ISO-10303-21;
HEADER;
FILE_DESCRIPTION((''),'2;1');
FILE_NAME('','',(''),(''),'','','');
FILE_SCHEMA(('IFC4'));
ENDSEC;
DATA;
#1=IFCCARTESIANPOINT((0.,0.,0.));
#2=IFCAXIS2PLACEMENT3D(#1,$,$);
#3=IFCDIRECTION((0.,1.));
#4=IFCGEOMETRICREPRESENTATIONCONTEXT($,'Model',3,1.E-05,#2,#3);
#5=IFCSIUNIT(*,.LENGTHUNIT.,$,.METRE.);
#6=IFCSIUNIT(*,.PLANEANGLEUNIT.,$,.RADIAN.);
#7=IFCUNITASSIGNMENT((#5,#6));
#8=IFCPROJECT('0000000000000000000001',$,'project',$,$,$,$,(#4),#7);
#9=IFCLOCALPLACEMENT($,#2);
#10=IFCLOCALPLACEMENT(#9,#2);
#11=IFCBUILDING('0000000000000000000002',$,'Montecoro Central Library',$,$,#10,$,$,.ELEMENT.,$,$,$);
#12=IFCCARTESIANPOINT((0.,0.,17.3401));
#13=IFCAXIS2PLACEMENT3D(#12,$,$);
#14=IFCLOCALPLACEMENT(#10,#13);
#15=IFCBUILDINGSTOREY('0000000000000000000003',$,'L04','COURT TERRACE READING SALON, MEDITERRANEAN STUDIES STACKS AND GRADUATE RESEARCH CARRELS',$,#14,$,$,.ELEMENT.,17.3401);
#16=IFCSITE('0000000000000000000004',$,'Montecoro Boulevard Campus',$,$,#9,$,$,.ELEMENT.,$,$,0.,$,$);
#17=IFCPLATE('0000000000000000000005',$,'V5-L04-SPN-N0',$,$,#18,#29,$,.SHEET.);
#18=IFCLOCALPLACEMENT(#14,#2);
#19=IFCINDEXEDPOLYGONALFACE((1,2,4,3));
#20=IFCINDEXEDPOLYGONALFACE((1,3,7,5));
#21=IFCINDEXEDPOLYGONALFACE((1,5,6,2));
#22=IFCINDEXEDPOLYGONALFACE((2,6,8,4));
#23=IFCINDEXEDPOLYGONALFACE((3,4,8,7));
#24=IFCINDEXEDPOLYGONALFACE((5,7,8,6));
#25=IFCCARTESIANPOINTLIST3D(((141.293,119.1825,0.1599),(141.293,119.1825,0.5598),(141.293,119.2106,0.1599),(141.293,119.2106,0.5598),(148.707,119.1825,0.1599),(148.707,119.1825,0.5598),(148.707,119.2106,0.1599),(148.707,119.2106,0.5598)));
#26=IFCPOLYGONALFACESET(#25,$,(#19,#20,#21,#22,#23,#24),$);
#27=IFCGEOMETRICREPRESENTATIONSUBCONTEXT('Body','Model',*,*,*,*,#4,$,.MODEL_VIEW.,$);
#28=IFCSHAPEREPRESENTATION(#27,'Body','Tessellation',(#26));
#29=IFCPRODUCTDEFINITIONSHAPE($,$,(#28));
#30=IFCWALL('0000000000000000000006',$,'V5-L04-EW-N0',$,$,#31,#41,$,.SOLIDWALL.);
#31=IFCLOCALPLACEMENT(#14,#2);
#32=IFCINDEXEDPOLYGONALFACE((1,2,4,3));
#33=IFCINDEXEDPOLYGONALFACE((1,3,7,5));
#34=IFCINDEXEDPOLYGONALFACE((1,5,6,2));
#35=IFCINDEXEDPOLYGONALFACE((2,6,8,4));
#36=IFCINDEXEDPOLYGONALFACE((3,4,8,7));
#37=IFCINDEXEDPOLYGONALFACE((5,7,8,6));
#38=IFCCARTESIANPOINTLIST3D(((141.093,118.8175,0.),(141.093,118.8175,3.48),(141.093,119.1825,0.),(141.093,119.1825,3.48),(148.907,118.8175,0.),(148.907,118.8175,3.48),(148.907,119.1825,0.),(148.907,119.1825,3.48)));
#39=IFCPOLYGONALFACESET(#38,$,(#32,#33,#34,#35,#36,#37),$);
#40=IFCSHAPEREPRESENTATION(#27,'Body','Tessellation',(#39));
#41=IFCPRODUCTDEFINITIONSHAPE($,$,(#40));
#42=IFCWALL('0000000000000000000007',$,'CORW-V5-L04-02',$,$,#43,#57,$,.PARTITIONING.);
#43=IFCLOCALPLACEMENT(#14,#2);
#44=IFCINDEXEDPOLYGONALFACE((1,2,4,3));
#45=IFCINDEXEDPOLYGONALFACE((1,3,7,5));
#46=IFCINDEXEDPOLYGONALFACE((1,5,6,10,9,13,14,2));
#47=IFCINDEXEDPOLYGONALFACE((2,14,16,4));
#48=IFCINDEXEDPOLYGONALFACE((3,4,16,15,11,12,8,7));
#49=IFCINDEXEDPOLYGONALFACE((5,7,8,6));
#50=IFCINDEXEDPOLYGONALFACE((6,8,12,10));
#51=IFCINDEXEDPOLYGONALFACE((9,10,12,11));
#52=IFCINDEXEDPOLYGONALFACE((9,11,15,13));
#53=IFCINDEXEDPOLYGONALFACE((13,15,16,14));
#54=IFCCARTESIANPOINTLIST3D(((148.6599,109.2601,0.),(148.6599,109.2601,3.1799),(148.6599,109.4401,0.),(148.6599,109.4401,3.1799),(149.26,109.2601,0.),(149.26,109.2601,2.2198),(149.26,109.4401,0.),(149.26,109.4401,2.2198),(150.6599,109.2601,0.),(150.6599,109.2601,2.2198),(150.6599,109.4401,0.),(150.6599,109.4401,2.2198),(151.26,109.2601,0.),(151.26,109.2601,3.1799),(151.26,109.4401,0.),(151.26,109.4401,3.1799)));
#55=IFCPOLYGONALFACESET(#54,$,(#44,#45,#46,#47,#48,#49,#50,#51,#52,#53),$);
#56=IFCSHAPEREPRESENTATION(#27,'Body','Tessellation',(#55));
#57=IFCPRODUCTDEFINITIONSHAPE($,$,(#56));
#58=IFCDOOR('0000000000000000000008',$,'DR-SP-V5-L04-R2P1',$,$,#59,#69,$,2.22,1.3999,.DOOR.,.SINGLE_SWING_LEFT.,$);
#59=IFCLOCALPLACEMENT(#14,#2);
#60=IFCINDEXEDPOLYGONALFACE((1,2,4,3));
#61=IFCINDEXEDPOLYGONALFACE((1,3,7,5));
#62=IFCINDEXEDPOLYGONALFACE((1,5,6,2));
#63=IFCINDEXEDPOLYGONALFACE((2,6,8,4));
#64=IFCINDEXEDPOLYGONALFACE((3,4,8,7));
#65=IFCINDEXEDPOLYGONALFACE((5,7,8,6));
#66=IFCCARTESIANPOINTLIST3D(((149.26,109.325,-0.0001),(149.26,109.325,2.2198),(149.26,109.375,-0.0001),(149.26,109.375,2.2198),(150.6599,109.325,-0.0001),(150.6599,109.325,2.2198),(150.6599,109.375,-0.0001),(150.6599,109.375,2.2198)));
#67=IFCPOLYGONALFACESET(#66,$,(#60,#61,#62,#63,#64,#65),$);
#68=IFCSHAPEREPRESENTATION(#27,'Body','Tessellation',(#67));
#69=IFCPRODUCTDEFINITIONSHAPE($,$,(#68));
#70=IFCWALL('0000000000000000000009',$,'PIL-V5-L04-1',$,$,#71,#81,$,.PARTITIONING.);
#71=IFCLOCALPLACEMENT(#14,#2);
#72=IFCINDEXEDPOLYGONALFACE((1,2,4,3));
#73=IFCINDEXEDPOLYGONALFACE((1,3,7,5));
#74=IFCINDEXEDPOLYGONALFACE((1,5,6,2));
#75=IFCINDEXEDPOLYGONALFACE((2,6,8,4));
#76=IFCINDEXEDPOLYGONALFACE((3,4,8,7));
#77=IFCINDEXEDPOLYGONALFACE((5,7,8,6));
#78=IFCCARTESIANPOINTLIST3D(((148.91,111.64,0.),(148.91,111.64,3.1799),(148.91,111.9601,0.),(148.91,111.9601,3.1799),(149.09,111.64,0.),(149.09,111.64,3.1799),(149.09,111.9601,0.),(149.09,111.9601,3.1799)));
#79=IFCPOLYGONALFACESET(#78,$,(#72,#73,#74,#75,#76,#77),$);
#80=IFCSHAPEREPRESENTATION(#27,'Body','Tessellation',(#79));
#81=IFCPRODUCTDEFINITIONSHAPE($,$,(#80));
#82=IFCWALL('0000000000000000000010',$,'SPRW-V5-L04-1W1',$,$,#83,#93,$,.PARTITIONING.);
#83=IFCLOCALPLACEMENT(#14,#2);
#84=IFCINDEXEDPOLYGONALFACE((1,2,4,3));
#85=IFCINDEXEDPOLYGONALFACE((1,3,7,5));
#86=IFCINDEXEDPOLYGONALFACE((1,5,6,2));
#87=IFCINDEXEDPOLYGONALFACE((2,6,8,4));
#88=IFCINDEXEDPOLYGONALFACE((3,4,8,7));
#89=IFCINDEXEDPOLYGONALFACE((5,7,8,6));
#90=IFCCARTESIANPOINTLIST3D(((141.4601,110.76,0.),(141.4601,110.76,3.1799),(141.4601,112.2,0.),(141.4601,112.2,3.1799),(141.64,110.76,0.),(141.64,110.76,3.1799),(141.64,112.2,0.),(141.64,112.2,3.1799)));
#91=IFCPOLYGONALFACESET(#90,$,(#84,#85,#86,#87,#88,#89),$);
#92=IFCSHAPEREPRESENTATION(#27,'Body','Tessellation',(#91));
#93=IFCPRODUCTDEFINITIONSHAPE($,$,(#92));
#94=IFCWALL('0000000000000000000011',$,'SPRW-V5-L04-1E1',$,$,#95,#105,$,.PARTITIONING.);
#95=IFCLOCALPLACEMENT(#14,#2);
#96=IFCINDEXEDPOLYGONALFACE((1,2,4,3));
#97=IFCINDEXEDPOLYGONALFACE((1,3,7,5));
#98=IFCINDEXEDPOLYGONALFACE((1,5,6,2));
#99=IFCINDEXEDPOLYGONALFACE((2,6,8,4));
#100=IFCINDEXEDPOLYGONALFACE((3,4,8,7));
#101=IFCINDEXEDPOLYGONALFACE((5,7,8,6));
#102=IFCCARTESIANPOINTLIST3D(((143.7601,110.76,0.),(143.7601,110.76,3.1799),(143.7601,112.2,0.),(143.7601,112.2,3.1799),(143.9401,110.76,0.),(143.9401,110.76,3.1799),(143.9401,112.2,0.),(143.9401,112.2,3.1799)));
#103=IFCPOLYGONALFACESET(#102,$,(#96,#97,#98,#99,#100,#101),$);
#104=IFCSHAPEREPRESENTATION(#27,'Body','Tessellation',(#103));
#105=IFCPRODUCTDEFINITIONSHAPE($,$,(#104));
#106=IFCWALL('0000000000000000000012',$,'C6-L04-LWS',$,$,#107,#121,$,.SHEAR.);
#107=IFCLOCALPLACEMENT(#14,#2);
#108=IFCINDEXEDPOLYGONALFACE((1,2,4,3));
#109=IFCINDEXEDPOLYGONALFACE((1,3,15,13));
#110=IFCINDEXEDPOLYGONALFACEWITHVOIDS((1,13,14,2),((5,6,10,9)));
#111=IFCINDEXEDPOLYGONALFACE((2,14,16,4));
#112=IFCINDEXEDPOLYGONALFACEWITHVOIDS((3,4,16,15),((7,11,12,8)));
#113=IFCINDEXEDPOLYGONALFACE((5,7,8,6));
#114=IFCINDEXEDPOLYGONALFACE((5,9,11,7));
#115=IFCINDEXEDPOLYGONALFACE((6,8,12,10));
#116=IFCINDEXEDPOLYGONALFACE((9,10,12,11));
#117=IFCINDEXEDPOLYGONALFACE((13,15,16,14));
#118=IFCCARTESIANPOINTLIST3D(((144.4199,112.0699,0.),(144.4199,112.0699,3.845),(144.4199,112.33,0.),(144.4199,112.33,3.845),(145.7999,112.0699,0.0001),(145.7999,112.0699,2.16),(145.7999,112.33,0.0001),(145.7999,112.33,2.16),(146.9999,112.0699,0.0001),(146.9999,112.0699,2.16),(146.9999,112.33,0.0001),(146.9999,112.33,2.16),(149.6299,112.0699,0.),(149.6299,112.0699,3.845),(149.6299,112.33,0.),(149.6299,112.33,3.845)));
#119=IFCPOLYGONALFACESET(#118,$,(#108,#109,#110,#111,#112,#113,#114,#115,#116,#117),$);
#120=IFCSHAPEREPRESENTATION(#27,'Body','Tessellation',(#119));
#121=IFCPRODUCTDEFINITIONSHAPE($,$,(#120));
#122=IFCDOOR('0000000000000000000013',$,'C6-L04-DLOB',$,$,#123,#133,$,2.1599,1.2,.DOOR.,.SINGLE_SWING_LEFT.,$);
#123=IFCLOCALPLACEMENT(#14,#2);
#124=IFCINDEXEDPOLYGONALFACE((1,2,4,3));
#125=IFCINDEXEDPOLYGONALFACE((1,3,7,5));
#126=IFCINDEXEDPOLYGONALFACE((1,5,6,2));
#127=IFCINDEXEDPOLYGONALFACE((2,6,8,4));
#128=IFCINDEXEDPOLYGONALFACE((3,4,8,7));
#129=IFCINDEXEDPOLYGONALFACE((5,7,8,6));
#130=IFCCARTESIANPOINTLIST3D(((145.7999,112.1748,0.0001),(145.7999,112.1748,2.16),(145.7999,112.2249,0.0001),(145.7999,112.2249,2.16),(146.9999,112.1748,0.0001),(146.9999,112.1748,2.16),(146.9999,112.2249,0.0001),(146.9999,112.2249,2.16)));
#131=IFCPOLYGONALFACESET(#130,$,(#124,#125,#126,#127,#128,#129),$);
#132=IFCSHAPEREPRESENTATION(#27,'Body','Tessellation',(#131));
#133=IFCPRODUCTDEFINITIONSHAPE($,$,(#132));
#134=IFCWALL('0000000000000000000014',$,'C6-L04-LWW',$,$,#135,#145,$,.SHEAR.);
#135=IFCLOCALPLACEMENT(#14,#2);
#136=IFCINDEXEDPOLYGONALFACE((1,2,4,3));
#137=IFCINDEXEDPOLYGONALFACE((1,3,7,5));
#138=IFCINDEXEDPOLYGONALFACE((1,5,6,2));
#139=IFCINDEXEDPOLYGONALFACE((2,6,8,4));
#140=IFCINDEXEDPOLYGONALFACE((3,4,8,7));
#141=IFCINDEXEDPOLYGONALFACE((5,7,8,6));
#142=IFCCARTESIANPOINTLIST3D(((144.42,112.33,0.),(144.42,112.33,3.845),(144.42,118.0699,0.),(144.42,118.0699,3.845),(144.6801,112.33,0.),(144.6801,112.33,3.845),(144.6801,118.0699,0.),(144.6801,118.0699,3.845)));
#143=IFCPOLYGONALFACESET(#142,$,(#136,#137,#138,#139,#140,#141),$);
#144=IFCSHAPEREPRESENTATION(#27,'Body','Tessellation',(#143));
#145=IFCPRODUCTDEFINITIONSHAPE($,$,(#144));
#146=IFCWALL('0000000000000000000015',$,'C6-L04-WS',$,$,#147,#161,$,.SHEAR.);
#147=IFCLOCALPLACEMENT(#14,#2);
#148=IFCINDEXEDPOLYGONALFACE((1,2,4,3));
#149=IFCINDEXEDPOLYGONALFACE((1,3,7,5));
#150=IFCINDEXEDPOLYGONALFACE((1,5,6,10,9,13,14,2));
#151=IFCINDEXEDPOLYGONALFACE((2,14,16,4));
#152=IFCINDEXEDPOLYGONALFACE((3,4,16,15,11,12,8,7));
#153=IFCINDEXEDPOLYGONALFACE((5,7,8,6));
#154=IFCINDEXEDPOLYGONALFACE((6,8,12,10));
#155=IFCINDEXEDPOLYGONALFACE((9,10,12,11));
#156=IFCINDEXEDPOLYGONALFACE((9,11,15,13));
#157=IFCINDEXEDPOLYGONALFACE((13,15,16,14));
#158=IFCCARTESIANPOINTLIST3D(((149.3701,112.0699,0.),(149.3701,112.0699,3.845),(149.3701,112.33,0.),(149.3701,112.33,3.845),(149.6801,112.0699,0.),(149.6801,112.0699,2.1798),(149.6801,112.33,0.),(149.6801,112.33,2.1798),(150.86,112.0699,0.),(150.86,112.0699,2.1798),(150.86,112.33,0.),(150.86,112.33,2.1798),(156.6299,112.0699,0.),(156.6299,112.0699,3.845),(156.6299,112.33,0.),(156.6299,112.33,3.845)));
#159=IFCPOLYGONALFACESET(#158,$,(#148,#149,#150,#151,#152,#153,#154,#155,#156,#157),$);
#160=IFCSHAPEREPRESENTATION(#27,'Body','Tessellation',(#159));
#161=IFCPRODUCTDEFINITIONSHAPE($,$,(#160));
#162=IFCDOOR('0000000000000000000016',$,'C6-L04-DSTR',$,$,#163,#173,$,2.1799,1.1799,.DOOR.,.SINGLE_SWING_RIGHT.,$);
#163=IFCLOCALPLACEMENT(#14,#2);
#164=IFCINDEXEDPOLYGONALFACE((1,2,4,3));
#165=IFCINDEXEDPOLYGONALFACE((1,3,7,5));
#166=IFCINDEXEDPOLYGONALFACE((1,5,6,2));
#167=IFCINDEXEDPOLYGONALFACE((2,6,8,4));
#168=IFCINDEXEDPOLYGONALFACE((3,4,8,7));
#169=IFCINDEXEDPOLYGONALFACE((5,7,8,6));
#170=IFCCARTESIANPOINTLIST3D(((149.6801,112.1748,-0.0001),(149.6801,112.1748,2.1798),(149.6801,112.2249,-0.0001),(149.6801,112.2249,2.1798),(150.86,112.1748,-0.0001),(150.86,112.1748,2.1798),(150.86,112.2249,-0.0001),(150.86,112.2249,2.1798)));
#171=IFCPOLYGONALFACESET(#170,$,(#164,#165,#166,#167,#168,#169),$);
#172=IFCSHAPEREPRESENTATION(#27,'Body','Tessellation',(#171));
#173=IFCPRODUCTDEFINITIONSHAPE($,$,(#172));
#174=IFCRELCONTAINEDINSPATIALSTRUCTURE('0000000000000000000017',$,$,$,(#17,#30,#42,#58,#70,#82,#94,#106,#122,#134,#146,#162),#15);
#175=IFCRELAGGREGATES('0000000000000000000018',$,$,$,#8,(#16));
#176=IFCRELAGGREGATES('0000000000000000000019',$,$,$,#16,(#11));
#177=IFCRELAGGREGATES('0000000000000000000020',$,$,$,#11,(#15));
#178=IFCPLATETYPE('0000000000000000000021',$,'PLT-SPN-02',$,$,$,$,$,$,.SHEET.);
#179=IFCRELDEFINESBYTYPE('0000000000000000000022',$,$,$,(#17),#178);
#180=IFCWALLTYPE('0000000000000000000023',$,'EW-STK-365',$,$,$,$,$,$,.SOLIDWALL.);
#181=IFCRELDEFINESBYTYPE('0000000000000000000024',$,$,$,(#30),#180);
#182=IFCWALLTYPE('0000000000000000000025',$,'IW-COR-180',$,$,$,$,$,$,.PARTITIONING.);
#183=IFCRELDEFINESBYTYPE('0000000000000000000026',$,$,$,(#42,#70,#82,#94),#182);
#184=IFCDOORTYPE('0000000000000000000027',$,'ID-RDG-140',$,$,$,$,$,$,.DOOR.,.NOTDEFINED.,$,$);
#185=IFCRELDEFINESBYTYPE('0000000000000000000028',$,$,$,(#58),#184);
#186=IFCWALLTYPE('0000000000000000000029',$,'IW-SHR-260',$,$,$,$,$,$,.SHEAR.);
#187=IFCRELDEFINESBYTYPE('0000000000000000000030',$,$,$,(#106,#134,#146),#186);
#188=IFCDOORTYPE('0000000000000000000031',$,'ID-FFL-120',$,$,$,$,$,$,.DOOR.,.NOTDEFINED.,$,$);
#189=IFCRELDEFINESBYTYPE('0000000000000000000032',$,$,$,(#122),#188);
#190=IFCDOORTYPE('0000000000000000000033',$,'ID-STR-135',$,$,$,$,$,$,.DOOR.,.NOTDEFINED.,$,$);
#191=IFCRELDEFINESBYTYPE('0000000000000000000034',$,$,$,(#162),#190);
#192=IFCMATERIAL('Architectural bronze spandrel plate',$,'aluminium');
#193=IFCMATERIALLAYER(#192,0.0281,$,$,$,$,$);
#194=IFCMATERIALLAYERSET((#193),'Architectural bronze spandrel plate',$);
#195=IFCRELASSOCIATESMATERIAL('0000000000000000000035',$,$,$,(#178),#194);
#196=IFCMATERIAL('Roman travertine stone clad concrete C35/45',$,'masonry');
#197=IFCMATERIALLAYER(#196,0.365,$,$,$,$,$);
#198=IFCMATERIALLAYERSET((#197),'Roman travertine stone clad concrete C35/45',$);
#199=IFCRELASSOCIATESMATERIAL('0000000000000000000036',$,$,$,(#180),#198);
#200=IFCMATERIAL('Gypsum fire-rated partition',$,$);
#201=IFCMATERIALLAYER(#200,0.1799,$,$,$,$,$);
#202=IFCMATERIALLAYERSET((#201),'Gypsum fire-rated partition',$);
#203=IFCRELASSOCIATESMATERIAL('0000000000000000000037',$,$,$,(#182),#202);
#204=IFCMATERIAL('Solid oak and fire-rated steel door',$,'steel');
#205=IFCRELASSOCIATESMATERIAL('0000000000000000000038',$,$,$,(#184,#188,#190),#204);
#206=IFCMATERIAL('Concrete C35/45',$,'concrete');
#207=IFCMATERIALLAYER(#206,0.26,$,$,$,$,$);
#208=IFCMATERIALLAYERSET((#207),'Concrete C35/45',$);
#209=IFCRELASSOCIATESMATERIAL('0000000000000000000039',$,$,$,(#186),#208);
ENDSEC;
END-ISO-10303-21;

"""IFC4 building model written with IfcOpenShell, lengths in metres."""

from ifc_helpers import new_model, si_unit, direction, frame, frame_2d, origin, origin_2d, place, context, subcontext, project, spatial, rectangle, extrude, material, layer, layer_set, type_object, element, fill, save


model = new_model("IFC4")

# Units and contexts
model_context = context("Model", 3, precision=1e-05, world=origin(), true_north=direction((0.0, 1.0)))
body_context = subcontext(model_context, "Body", "Model", "MODEL_VIEW")
ifc_project = project(units=[si_unit("LENGTHUNIT", "METRE"), si_unit("PLANEANGLEUNIT", "RADIAN")], contexts=[model_context])

# Site, building, storey
site_placement = place(None, origin())
site = spatial("IfcSite", under=ifc_project, at=site_placement, Name="Montecoro Boulevard Campus", CompositionType="ELEMENT", RefElevation=0.0)
building_placement = place(site_placement, origin())
building = spatial("IfcBuilding", under=site, at=building_placement, Name="Montecoro Central Library", CompositionType="ELEMENT")
storey_placement = place(building_placement, frame((0.0, 0.0, 17.3401)))
storey = spatial("IfcBuildingStorey", under=building, at=storey_placement, Name="L04", Description="COURT TERRACE READING SALON, MEDITERRANEAN STUDIES STACKS AND GRADUATE RESEARCH CARRELS", CompositionType="ELEMENT", Elevation=17.3401)

# Plate
ifc_material_1 = material(Name="Architectural bronze spandrel plate", Category="aluminium")
ifc_layer_1 = layer(ifc_material_1, 0.0281)
ifc_layer_set_1 = layer_set([ifc_layer_1], Name="Architectural bronze spandrel plate")
plate_type = type_object("IfcPlateType", Name="PLT-SPN-02", PredefinedType="SHEET", material=ifc_layer_set_1)
plate_placement = place(storey_placement, frame((145.0, 119.1965, 0.1599), z_axis=(0.0, 0.0, 1.0), x_axis=(-1.0, 0.0, 0.0)))
element("IfcPlate", 1, at=plate_placement, inside=storey, type_object=plate_type, Name="V5-L04-SPN-N0", PredefinedType="SHEET", context=body_context, shape_type="SweptSolid", body=[
    extrude(rectangle(XDim=7.4141, YDim=0.0281, at=origin_2d()), origin(), (0.0, 0.0, 1.0), 0.3999),
])

# Wall
ifc_material_2 = material(Name="Roman travertine stone clad concrete C35/45", Category="masonry")
ifc_layer_2 = layer(ifc_material_2, 0.365)
ifc_layer_set_2 = layer_set([ifc_layer_2], Name="Roman travertine stone clad concrete C35/45")
wall_type_1 = type_object("IfcWallType", Name="EW-STK-365", PredefinedType="SOLIDWALL", material=ifc_layer_set_2)
wall_1_placement = place(storey_placement, frame((148.907, 119.0, 0.0), z_axis=(0.0, 0.0, 1.0), x_axis=(-1.0, 0.0, 0.0)))
element("IfcWall", 2, at=wall_1_placement, inside=storey, type_object=wall_type_1, Name="V5-L04-EW-N0", PredefinedType="SOLIDWALL", context=body_context, shape_type="SweptSolid", body=[
    extrude(rectangle(XDim=7.814, YDim=0.365, at=frame_2d((3.907, 0.0))), origin(), (0.0, 0.0, 1.0), 3.48),
])

# Wall, opening, door
ifc_material_3 = material(Name="Gypsum fire-rated partition")
ifc_layer_3 = layer(ifc_material_3, 0.1799)
ifc_layer_set_3 = layer_set([ifc_layer_3], Name="Gypsum fire-rated partition")
wall_type_2 = type_object("IfcWallType", Name="IW-COR-180", PredefinedType="PARTITIONING", material=ifc_layer_set_3)
wall_2_placement = place(storey_placement, frame((148.6599, 109.3501, 0.0), z_axis=(0.0, 0.0, 1.0), x_axis=(1.0, 0.0, 0.0)))
wall_2 = element("IfcWall", 3, at=wall_2_placement, inside=storey, type_object=wall_type_2, Name="CORW-V5-L04-02", PredefinedType="PARTITIONING", context=body_context, shape_type="SweptSolid", body=[
    extrude(rectangle(XDim=2.6001, YDim=0.1799, at=frame_2d((1.3, 0.0))), origin(), (0.0, 0.0, 1.0), 3.1799),
])
opening_1_placement = place(wall_2_placement, frame((0.6001, 0.0, 0.0)))
opening_1 = element("IfcOpeningElement", 4, at=opening_1_placement, cuts=wall_2, PredefinedType="OPENING", context=body_context, shape_type="SweptSolid", body=[
    extrude(rectangle(XDim=1.3999, YDim=2.22, at=frame_2d((0.7, 1.1099))), frame((0.0, 0.0999, 0.0), z_axis=(0.0, -1.0, 0.0), x_axis=(1.0, 0.0, 0.0)), (0.0, 0.0, 1.0), 0.2),
])
ifc_material_4 = material(Name="Solid oak and fire-rated steel door", Category="steel")
door_type_1 = type_object("IfcDoorType", Name="ID-RDG-140", OperationType="NOTDEFINED", PredefinedType="DOOR", material=ifc_material_4)
door_1_placement = place(opening_1_placement, origin())
door_1 = element("IfcDoor", 5, at=door_1_placement, inside=storey, type_object=door_type_1, Name="DR-SP-V5-L04-R2P1", OperationType="SINGLE_SWING_LEFT", OverallHeight=2.22, OverallWidth=1.3999, PredefinedType="DOOR", context=body_context, shape_type="SweptSolid", body=[
    extrude(rectangle(XDim=1.3999, YDim=2.22, at=frame_2d((0.7, 1.1099))), frame((0.0, 0.0249, 0.0), z_axis=(0.0, -1.0, 0.0), x_axis=(1.0, 0.0, 0.0)), (0.0, 0.0, 1.0), 0.05),
])
fill(opening_1, door_1)

# Walls
wall_3_placement = place(storey_placement, frame((149.0, 111.6399, 0.0), z_axis=(0.0, 0.0, 1.0), x_axis=(0.0, 1.0, 0.0)))
element("IfcWall", 6, at=wall_3_placement, inside=storey, type_object=wall_type_2, Name="PIL-V5-L04-1", PredefinedType="PARTITIONING", context=body_context, shape_type="SweptSolid", body=[
    extrude(rectangle(XDim=0.3201, YDim=0.1799, at=frame_2d((0.1602, 0.0))), origin(), (0.0, 0.0, 1.0), 3.1799),
])
for number, where, z_axis, x_axis, name in (
    (7, (141.55, 110.76, 0.0), (0.0, 0.0, 1.0), (0.0, 1.0, 0.0), "SPRW-V5-L04-1W1"),
    (8, (143.8501, 110.76, 0.0), (0.0, 0.0, 1.0), (0.0, 1.0, 0.0), "SPRW-V5-L04-1E1"),
):
    element("IfcWall", number, at=place(storey_placement, frame(where, z_axis=z_axis, x_axis=x_axis)), inside=storey, type_object=wall_type_2, Name=name, PredefinedType="PARTITIONING", context=body_context, shape_type="SweptSolid", body=[
        extrude(rectangle(XDim=1.4399, YDim=0.1799, at=frame_2d((0.72, 0.0))), origin(), (0.0, 0.0, 1.0), 3.1799),
    ])

# Wall, opening, door
ifc_material_5 = material(Name="Concrete C35/45", Category="concrete")
ifc_layer_4 = layer(ifc_material_5, 0.26)
ifc_layer_set_4 = layer_set([ifc_layer_4], Name="Concrete C35/45")
wall_type_3 = type_object("IfcWallType", Name="IW-SHR-260", PredefinedType="SHEAR", material=ifc_layer_set_4)
wall_4_placement = place(storey_placement, frame((144.4199, 112.2, 0.0), z_axis=(0.0, 0.0, 1.0), x_axis=(1.0, 0.0, 0.0)))
wall_4 = element("IfcWall", 9, at=wall_4_placement, inside=storey, type_object=wall_type_3, Name="C6-L04-LWS", PredefinedType="SHEAR", context=body_context, shape_type="SweptSolid", body=[
    extrude(rectangle(XDim=5.21, YDim=0.26, at=frame_2d((2.605, 0.0))), origin(), (0.0, 0.0, 1.0), 3.845),
])
opening_2_placement = place(wall_4_placement, frame((1.3799, 0.0, 0.0)))
opening_2 = element("IfcOpeningElement", 10, at=opening_2_placement, cuts=wall_4, PredefinedType="OPENING", context=body_context, shape_type="SweptSolid", body=[
    extrude(rectangle(XDim=1.2, YDim=2.1599, at=frame_2d((0.6001, 1.0801))), frame((0.0, 0.1399, 0.0), z_axis=(0.0, -1.0, 0.0), x_axis=(1.0, 0.0, 0.0)), (0.0, 0.0, 1.0), 0.28),
])
door_type_2 = type_object("IfcDoorType", Name="ID-FFL-120", OperationType="NOTDEFINED", PredefinedType="DOOR", material=ifc_material_4)
door_2_placement = place(opening_2_placement, origin())
door_2 = element("IfcDoor", 11, at=door_2_placement, inside=storey, type_object=door_type_2, Name="C6-L04-DLOB", OperationType="SINGLE_SWING_LEFT", OverallHeight=2.1599, OverallWidth=1.2, PredefinedType="DOOR", context=body_context, shape_type="SweptSolid", body=[
    extrude(rectangle(XDim=1.2, YDim=2.1599, at=frame_2d((0.6001, 1.0801))), frame((0.0, 0.0249, 0.0), z_axis=(0.0, -1.0, 0.0), x_axis=(1.0, 0.0, 0.0)), (0.0, 0.0, 1.0), 0.05),
])
fill(opening_2, door_2)

# Wall
wall_5_placement = place(storey_placement, frame((144.55, 118.0701, 0.0), z_axis=(0.0, 0.0, 1.0), x_axis=(0.0, -1.0, 0.0)))
element("IfcWall", 12, at=wall_5_placement, inside=storey, type_object=wall_type_3, Name="C6-L04-LWW", PredefinedType="SHEAR", context=body_context, shape_type="SweptSolid", body=[
    extrude(rectangle(XDim=5.74, YDim=0.26, at=frame_2d((2.8701, 0.0))), origin(), (0.0, 0.0, 1.0), 3.845),
])

# Wall, opening, door
wall_6_placement = place(storey_placement, frame((149.3701, 112.2, 0.0), z_axis=(0.0, 0.0, 1.0), x_axis=(1.0, 0.0, 0.0)))
wall_6 = element("IfcWall", 13, at=wall_6_placement, inside=storey, type_object=wall_type_3, Name="C6-L04-WS", PredefinedType="SHEAR", context=body_context, shape_type="SweptSolid", body=[
    extrude(rectangle(XDim=7.2598, YDim=0.26, at=frame_2d((3.6299, 0.0))), origin(), (0.0, 0.0, 1.0), 3.845),
])
opening_3_placement = place(wall_6_placement, frame((0.3101, 0.0, 0.0)))
opening_3 = element("IfcOpeningElement", 14, at=opening_3_placement, cuts=wall_6, PredefinedType="OPENING", context=body_context, shape_type="SweptSolid", body=[
    extrude(rectangle(XDim=1.1799, YDim=2.1799, at=frame_2d((0.5898, 1.0898))), frame((0.0, 0.1399, 0.0), z_axis=(0.0, -1.0, 0.0), x_axis=(1.0, 0.0, 0.0)), (0.0, 0.0, 1.0), 0.28),
])
door_type_3 = type_object("IfcDoorType", Name="ID-STR-135", OperationType="NOTDEFINED", PredefinedType="DOOR", material=ifc_material_4)
door_3_placement = place(opening_3_placement, origin())
door_3 = element("IfcDoor", 15, at=door_3_placement, inside=storey, type_object=door_type_3, Name="C6-L04-DSTR", OperationType="SINGLE_SWING_RIGHT", OverallHeight=2.1799, OverallWidth=1.1799, PredefinedType="DOOR", context=body_context, shape_type="SweptSolid", body=[
    extrude(rectangle(XDim=1.1799, YDim=2.1799, at=frame_2d((0.5898, 1.0898))), frame((0.0, 0.0249, 0.0), z_axis=(0.0, -1.0, 0.0), x_axis=(1.0, 0.0, 0.0)), (0.0, 0.0, 1.0), 0.05),
])
fill(opening_3, door_3)

save(model, "model.ifc")
